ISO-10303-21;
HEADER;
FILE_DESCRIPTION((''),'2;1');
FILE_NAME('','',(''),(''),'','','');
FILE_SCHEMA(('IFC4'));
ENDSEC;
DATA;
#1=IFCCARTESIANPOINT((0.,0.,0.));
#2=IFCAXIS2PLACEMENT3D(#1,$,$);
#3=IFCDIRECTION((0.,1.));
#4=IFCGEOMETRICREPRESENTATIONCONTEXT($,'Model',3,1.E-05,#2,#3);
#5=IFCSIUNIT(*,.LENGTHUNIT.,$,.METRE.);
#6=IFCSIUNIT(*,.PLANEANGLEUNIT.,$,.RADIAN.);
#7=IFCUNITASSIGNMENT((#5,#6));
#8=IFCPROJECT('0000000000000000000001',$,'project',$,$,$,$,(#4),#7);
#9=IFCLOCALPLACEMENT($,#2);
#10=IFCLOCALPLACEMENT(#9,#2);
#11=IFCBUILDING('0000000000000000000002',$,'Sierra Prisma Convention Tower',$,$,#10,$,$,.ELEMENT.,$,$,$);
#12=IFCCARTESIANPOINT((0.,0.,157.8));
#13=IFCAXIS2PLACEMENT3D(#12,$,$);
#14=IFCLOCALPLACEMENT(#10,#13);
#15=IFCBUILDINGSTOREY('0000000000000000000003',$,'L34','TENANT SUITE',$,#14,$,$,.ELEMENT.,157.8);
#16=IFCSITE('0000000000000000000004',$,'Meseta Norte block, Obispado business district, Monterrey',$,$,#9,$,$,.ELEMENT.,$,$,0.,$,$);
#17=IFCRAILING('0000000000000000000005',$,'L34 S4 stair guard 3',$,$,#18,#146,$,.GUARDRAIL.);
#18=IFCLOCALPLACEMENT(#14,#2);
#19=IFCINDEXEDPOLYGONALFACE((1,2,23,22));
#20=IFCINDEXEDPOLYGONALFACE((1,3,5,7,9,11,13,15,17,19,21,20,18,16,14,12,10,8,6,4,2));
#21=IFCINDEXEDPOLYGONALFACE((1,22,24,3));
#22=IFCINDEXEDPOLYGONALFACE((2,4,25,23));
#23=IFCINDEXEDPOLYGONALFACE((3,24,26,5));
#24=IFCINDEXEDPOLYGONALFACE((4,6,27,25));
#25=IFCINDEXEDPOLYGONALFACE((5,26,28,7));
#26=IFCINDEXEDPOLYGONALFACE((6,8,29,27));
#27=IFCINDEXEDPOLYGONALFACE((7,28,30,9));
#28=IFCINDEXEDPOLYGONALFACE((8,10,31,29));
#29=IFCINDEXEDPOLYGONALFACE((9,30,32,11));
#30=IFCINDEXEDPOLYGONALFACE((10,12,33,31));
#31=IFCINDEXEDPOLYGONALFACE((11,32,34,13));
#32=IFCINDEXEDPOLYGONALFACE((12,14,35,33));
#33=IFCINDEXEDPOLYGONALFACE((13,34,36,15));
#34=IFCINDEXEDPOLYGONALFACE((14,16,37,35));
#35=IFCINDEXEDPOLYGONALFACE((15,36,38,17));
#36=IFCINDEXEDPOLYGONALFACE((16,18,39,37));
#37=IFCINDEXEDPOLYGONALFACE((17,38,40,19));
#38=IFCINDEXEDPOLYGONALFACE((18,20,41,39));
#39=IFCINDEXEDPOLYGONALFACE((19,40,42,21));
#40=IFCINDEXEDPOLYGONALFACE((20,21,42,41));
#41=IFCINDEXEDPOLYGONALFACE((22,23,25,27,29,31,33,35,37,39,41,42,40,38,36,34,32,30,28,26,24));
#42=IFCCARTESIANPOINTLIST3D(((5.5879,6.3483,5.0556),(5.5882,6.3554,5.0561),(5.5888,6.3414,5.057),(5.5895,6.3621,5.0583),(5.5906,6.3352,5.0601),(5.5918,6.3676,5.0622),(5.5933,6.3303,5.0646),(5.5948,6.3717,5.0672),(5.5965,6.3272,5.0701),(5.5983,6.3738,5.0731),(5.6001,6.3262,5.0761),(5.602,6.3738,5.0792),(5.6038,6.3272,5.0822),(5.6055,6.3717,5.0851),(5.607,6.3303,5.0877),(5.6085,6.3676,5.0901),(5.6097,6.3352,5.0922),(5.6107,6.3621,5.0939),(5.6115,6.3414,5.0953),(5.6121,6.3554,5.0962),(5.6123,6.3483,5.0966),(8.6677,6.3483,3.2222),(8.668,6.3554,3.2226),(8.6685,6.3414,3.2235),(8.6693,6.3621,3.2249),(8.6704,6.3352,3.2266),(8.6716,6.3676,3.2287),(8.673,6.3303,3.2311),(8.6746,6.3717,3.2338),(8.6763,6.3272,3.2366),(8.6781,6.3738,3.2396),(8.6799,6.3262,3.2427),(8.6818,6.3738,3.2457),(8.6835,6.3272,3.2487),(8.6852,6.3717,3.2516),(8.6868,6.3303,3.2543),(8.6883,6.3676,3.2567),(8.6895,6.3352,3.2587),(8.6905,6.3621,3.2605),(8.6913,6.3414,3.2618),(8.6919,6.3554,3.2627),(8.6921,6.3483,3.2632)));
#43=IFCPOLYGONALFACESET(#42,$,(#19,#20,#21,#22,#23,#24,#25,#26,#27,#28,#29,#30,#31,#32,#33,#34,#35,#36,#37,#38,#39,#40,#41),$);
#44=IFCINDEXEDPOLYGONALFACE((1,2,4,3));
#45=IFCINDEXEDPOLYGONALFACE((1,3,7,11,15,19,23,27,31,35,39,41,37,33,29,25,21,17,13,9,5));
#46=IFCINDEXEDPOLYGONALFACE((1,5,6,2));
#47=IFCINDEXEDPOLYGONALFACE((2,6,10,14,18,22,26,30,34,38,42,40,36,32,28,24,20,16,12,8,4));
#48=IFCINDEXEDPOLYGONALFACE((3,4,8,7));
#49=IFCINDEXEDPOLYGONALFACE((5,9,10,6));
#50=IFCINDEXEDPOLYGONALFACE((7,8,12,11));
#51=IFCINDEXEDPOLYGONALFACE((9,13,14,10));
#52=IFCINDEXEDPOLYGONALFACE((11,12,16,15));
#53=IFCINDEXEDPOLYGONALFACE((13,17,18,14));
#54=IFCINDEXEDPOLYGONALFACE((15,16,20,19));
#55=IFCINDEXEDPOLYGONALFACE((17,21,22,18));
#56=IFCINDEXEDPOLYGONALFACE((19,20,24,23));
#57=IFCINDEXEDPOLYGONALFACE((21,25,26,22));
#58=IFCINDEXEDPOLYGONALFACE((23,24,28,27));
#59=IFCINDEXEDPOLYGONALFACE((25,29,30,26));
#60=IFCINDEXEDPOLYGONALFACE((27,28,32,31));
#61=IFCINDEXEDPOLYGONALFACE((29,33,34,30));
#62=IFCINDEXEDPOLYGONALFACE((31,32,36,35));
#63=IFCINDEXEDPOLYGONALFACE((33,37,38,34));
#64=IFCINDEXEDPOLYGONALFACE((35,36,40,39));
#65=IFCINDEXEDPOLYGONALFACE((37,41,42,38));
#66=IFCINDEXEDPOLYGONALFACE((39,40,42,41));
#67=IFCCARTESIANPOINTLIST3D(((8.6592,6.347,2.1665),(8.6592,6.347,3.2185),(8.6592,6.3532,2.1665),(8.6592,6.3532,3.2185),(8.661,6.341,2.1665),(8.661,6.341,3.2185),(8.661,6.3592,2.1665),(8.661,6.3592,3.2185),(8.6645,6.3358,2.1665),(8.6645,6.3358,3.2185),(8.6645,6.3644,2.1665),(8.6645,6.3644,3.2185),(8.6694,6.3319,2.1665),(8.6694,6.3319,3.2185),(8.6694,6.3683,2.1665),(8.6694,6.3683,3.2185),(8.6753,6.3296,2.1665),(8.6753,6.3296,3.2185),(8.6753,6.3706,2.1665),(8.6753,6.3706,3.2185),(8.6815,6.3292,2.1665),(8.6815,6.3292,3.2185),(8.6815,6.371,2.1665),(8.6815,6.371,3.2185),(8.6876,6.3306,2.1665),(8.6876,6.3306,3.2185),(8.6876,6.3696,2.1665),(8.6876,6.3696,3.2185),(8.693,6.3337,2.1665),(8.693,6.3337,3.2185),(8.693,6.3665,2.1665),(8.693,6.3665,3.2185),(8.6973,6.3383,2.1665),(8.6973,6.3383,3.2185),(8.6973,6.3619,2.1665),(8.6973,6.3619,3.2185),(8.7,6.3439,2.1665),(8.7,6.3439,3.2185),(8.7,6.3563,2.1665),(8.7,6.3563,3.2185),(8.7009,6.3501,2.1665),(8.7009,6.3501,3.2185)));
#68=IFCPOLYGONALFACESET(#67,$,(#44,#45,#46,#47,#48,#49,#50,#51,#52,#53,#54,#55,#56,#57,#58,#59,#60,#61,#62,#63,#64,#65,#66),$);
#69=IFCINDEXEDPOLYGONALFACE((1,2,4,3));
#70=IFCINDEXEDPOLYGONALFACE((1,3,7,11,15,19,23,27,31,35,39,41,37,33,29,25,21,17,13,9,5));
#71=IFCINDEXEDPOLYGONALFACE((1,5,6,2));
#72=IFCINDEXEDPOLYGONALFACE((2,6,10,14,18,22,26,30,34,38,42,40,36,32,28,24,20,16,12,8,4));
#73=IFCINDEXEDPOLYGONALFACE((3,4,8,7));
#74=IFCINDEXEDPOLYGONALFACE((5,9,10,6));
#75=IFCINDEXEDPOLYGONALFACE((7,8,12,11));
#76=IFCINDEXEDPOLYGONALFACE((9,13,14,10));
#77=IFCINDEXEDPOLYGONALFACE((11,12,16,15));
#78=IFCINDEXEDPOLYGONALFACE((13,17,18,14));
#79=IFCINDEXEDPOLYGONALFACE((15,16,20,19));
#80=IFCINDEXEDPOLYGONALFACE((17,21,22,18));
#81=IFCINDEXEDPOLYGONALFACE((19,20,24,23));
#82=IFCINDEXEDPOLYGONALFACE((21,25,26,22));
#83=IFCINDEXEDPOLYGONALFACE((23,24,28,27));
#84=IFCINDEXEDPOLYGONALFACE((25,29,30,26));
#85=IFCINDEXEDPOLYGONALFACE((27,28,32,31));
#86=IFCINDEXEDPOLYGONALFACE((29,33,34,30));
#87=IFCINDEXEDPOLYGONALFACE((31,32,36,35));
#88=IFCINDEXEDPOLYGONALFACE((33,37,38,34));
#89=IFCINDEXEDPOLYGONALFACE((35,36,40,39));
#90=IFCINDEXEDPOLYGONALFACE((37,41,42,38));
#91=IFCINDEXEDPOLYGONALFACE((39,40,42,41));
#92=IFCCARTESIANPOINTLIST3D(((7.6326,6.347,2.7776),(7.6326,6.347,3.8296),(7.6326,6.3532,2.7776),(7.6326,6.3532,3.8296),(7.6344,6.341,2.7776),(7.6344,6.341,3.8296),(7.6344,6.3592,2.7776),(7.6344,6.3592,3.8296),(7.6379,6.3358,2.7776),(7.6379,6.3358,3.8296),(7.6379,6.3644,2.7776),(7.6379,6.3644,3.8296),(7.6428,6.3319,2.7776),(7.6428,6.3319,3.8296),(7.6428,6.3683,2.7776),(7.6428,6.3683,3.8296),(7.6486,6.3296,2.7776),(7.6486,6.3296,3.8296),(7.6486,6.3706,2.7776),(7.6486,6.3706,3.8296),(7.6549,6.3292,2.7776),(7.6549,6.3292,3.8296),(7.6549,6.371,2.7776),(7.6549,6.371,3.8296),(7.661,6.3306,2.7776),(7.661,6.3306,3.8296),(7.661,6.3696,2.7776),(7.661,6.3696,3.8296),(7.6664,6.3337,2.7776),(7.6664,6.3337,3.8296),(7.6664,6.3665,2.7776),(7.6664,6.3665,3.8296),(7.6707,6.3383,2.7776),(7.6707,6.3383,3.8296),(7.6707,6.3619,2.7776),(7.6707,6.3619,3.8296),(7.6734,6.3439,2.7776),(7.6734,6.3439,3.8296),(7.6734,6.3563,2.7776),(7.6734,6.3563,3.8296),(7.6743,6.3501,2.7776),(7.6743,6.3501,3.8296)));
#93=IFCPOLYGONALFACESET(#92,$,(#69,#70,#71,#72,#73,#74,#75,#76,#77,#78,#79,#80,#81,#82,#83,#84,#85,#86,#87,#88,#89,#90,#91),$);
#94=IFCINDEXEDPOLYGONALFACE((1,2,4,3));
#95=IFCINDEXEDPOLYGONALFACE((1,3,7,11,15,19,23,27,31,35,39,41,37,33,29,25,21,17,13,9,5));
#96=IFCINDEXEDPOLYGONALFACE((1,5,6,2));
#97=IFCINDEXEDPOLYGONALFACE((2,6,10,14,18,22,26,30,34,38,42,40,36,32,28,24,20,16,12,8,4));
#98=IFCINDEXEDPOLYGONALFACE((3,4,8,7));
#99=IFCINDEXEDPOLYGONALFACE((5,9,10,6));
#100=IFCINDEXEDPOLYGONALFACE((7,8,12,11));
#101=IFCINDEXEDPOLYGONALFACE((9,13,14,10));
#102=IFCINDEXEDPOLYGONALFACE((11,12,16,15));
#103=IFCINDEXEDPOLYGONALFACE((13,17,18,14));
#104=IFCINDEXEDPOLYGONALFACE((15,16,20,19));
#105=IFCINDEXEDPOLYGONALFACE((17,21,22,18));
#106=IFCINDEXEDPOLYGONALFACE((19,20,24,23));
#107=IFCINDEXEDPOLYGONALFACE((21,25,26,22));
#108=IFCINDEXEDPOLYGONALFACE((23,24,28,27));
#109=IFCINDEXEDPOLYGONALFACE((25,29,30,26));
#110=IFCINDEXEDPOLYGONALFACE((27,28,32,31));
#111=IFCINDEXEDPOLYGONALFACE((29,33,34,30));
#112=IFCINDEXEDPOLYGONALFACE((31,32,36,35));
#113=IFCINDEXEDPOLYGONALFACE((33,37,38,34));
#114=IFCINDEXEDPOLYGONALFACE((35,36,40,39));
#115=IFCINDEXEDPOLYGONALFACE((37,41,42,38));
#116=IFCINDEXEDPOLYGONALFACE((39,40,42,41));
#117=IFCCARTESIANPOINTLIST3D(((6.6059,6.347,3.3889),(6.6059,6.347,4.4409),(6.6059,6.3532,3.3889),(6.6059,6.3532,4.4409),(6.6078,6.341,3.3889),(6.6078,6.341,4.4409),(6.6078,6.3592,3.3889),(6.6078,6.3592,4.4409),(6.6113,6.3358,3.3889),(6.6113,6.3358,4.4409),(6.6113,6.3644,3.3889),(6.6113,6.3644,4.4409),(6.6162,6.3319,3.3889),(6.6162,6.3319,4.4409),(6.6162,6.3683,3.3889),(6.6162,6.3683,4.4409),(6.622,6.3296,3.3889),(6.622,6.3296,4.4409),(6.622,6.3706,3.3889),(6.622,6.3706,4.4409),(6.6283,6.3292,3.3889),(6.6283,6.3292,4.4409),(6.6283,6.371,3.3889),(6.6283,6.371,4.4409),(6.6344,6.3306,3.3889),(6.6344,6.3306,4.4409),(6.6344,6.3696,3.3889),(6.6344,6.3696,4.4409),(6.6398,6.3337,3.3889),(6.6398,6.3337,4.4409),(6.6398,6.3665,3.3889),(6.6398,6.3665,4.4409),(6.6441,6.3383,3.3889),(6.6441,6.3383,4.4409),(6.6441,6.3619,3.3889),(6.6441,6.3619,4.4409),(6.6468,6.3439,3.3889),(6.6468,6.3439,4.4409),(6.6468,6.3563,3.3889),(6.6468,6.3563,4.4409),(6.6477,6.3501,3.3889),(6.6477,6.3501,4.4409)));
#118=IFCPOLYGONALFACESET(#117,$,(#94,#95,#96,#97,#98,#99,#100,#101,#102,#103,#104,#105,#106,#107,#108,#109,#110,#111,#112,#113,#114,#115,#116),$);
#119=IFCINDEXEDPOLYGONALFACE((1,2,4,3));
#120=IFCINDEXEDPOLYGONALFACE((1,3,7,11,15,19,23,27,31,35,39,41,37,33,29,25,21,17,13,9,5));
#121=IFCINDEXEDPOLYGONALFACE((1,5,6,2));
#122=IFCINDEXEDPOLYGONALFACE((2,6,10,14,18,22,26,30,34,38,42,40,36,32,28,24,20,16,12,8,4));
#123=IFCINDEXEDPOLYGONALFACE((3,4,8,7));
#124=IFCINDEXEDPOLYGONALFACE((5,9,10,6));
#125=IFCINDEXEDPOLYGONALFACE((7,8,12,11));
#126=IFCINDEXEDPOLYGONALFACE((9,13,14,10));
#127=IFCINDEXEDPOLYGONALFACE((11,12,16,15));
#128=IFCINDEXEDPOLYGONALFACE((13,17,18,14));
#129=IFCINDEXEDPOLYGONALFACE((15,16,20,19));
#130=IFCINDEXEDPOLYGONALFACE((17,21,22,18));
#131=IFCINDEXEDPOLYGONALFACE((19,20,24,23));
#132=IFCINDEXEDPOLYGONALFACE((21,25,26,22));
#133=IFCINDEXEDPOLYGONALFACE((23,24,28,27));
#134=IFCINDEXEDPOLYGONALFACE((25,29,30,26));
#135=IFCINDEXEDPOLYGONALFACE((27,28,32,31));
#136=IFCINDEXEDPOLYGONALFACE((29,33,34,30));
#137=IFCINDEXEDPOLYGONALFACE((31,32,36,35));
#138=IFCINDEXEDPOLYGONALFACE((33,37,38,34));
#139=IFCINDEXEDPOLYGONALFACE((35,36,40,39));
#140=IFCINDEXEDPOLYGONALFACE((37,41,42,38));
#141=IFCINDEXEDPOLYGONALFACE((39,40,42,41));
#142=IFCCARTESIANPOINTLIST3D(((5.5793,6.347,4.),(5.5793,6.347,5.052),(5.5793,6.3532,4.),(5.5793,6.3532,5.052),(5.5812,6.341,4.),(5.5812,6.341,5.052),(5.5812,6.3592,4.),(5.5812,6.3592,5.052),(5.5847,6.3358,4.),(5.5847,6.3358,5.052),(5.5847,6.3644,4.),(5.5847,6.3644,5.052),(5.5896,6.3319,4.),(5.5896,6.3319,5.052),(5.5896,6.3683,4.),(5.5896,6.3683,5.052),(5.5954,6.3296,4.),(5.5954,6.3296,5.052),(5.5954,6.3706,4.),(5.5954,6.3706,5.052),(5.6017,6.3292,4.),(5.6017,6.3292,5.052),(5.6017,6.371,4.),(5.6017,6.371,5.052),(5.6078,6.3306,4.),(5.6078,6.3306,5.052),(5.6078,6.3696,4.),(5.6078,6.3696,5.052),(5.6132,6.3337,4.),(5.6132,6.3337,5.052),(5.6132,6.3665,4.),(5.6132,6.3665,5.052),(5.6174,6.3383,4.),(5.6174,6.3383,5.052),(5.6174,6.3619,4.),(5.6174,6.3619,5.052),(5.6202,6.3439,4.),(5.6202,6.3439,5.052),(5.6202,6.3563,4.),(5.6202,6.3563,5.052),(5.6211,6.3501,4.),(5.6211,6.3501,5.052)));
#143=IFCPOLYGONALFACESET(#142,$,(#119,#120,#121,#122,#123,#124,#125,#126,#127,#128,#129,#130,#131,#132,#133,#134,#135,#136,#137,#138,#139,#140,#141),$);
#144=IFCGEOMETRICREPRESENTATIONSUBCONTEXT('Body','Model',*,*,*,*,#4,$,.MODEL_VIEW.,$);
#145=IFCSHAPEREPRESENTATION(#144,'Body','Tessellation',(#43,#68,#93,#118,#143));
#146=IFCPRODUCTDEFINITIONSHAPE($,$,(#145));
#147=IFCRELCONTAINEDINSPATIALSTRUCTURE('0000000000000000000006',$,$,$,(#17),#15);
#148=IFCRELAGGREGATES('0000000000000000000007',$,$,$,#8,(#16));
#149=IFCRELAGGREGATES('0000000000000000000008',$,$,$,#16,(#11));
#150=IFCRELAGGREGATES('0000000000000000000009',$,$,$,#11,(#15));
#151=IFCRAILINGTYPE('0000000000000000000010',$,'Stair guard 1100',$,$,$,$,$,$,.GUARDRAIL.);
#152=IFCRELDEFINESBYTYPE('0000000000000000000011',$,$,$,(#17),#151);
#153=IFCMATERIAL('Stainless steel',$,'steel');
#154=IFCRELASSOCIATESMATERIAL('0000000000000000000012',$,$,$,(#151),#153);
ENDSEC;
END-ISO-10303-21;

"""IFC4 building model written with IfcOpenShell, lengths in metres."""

from ifc_helpers import new_model, si_unit, direction, frame, origin, origin_2d, place, context, subcontext, project, spatial, circle, extrude, material, type_object, element, save


model = new_model("IFC4")

# Units and contexts
model_context = context("Model", 3, precision=1e-05, world=origin(), true_north=direction((0.0, 1.0)))
body_context = subcontext(model_context, "Body", "Model", "MODEL_VIEW")
ifc_project = project(units=[si_unit("LENGTHUNIT", "METRE"), si_unit("PLANEANGLEUNIT", "RADIAN")], contexts=[model_context])

# Site, building, storey
site_placement = place(None, origin())
site = spatial("IfcSite", under=ifc_project, at=site_placement, Name="Meseta Norte block, Obispado business district, Monterrey", CompositionType="ELEMENT", RefElevation=0.0)
building_placement = place(site_placement, origin())
building = spatial("IfcBuilding", under=site, at=building_placement, Name="Sierra Prisma Convention Tower", CompositionType="ELEMENT")
storey_placement = place(building_placement, frame((0.0, 0.0, 157.8)))
storey = spatial("IfcBuildingStorey", under=building, at=storey_placement, Name="L34", Description="TENANT SUITE", CompositionType="ELEMENT", Elevation=157.8)

# Railing
ifc_material_1 = material(Name="Stainless steel", Category="steel")
railing_type_1 = type_object("IfcRailingType", Name="Stair guard 1100", PredefinedType="GUARDRAIL", material=ifc_material_1)
railing_1_placement = place(storey_placement, frame((8.6799, 6.3501, 2.1665)))
element("IfcRailing", 1, at=railing_1_placement, inside=storey, type_object=railing_type_1, Name="L34 S4 stair guard 3", PredefinedType="GUARDRAIL", context=body_context, shape_type="SweptSolid", body=[
    extrude(circle(Radius=0.0239, at=origin_2d()), frame((0.0, 0.0, 1.0762), z_axis=(-0.859261, 0.0, 0.511538), x_axis=(0.0, -1.0, 0.0)), (0.0, 0.0, 1.0), 3.5842),
    extrude(circle(Radius=0.021, at=origin_2d()), origin(), (0.0, 0.0, 1.0), 1.052),
    extrude(circle(Radius=0.021, at=origin_2d()), frame((-1.0266, 0.0, 0.6111)), (0.0, 0.0, 1.0), 1.052),
    extrude(circle(Radius=0.021, at=origin_2d()), frame((-2.0532, 0.0, 1.2224)), (0.0, 0.0, 1.0), 1.052),
    extrude(circle(Radius=0.021, at=origin_2d()), frame((-3.0798, 0.0, 1.8335)), (0.0, 0.0, 1.0), 1.052),
])

save(model, "model.ifc")
